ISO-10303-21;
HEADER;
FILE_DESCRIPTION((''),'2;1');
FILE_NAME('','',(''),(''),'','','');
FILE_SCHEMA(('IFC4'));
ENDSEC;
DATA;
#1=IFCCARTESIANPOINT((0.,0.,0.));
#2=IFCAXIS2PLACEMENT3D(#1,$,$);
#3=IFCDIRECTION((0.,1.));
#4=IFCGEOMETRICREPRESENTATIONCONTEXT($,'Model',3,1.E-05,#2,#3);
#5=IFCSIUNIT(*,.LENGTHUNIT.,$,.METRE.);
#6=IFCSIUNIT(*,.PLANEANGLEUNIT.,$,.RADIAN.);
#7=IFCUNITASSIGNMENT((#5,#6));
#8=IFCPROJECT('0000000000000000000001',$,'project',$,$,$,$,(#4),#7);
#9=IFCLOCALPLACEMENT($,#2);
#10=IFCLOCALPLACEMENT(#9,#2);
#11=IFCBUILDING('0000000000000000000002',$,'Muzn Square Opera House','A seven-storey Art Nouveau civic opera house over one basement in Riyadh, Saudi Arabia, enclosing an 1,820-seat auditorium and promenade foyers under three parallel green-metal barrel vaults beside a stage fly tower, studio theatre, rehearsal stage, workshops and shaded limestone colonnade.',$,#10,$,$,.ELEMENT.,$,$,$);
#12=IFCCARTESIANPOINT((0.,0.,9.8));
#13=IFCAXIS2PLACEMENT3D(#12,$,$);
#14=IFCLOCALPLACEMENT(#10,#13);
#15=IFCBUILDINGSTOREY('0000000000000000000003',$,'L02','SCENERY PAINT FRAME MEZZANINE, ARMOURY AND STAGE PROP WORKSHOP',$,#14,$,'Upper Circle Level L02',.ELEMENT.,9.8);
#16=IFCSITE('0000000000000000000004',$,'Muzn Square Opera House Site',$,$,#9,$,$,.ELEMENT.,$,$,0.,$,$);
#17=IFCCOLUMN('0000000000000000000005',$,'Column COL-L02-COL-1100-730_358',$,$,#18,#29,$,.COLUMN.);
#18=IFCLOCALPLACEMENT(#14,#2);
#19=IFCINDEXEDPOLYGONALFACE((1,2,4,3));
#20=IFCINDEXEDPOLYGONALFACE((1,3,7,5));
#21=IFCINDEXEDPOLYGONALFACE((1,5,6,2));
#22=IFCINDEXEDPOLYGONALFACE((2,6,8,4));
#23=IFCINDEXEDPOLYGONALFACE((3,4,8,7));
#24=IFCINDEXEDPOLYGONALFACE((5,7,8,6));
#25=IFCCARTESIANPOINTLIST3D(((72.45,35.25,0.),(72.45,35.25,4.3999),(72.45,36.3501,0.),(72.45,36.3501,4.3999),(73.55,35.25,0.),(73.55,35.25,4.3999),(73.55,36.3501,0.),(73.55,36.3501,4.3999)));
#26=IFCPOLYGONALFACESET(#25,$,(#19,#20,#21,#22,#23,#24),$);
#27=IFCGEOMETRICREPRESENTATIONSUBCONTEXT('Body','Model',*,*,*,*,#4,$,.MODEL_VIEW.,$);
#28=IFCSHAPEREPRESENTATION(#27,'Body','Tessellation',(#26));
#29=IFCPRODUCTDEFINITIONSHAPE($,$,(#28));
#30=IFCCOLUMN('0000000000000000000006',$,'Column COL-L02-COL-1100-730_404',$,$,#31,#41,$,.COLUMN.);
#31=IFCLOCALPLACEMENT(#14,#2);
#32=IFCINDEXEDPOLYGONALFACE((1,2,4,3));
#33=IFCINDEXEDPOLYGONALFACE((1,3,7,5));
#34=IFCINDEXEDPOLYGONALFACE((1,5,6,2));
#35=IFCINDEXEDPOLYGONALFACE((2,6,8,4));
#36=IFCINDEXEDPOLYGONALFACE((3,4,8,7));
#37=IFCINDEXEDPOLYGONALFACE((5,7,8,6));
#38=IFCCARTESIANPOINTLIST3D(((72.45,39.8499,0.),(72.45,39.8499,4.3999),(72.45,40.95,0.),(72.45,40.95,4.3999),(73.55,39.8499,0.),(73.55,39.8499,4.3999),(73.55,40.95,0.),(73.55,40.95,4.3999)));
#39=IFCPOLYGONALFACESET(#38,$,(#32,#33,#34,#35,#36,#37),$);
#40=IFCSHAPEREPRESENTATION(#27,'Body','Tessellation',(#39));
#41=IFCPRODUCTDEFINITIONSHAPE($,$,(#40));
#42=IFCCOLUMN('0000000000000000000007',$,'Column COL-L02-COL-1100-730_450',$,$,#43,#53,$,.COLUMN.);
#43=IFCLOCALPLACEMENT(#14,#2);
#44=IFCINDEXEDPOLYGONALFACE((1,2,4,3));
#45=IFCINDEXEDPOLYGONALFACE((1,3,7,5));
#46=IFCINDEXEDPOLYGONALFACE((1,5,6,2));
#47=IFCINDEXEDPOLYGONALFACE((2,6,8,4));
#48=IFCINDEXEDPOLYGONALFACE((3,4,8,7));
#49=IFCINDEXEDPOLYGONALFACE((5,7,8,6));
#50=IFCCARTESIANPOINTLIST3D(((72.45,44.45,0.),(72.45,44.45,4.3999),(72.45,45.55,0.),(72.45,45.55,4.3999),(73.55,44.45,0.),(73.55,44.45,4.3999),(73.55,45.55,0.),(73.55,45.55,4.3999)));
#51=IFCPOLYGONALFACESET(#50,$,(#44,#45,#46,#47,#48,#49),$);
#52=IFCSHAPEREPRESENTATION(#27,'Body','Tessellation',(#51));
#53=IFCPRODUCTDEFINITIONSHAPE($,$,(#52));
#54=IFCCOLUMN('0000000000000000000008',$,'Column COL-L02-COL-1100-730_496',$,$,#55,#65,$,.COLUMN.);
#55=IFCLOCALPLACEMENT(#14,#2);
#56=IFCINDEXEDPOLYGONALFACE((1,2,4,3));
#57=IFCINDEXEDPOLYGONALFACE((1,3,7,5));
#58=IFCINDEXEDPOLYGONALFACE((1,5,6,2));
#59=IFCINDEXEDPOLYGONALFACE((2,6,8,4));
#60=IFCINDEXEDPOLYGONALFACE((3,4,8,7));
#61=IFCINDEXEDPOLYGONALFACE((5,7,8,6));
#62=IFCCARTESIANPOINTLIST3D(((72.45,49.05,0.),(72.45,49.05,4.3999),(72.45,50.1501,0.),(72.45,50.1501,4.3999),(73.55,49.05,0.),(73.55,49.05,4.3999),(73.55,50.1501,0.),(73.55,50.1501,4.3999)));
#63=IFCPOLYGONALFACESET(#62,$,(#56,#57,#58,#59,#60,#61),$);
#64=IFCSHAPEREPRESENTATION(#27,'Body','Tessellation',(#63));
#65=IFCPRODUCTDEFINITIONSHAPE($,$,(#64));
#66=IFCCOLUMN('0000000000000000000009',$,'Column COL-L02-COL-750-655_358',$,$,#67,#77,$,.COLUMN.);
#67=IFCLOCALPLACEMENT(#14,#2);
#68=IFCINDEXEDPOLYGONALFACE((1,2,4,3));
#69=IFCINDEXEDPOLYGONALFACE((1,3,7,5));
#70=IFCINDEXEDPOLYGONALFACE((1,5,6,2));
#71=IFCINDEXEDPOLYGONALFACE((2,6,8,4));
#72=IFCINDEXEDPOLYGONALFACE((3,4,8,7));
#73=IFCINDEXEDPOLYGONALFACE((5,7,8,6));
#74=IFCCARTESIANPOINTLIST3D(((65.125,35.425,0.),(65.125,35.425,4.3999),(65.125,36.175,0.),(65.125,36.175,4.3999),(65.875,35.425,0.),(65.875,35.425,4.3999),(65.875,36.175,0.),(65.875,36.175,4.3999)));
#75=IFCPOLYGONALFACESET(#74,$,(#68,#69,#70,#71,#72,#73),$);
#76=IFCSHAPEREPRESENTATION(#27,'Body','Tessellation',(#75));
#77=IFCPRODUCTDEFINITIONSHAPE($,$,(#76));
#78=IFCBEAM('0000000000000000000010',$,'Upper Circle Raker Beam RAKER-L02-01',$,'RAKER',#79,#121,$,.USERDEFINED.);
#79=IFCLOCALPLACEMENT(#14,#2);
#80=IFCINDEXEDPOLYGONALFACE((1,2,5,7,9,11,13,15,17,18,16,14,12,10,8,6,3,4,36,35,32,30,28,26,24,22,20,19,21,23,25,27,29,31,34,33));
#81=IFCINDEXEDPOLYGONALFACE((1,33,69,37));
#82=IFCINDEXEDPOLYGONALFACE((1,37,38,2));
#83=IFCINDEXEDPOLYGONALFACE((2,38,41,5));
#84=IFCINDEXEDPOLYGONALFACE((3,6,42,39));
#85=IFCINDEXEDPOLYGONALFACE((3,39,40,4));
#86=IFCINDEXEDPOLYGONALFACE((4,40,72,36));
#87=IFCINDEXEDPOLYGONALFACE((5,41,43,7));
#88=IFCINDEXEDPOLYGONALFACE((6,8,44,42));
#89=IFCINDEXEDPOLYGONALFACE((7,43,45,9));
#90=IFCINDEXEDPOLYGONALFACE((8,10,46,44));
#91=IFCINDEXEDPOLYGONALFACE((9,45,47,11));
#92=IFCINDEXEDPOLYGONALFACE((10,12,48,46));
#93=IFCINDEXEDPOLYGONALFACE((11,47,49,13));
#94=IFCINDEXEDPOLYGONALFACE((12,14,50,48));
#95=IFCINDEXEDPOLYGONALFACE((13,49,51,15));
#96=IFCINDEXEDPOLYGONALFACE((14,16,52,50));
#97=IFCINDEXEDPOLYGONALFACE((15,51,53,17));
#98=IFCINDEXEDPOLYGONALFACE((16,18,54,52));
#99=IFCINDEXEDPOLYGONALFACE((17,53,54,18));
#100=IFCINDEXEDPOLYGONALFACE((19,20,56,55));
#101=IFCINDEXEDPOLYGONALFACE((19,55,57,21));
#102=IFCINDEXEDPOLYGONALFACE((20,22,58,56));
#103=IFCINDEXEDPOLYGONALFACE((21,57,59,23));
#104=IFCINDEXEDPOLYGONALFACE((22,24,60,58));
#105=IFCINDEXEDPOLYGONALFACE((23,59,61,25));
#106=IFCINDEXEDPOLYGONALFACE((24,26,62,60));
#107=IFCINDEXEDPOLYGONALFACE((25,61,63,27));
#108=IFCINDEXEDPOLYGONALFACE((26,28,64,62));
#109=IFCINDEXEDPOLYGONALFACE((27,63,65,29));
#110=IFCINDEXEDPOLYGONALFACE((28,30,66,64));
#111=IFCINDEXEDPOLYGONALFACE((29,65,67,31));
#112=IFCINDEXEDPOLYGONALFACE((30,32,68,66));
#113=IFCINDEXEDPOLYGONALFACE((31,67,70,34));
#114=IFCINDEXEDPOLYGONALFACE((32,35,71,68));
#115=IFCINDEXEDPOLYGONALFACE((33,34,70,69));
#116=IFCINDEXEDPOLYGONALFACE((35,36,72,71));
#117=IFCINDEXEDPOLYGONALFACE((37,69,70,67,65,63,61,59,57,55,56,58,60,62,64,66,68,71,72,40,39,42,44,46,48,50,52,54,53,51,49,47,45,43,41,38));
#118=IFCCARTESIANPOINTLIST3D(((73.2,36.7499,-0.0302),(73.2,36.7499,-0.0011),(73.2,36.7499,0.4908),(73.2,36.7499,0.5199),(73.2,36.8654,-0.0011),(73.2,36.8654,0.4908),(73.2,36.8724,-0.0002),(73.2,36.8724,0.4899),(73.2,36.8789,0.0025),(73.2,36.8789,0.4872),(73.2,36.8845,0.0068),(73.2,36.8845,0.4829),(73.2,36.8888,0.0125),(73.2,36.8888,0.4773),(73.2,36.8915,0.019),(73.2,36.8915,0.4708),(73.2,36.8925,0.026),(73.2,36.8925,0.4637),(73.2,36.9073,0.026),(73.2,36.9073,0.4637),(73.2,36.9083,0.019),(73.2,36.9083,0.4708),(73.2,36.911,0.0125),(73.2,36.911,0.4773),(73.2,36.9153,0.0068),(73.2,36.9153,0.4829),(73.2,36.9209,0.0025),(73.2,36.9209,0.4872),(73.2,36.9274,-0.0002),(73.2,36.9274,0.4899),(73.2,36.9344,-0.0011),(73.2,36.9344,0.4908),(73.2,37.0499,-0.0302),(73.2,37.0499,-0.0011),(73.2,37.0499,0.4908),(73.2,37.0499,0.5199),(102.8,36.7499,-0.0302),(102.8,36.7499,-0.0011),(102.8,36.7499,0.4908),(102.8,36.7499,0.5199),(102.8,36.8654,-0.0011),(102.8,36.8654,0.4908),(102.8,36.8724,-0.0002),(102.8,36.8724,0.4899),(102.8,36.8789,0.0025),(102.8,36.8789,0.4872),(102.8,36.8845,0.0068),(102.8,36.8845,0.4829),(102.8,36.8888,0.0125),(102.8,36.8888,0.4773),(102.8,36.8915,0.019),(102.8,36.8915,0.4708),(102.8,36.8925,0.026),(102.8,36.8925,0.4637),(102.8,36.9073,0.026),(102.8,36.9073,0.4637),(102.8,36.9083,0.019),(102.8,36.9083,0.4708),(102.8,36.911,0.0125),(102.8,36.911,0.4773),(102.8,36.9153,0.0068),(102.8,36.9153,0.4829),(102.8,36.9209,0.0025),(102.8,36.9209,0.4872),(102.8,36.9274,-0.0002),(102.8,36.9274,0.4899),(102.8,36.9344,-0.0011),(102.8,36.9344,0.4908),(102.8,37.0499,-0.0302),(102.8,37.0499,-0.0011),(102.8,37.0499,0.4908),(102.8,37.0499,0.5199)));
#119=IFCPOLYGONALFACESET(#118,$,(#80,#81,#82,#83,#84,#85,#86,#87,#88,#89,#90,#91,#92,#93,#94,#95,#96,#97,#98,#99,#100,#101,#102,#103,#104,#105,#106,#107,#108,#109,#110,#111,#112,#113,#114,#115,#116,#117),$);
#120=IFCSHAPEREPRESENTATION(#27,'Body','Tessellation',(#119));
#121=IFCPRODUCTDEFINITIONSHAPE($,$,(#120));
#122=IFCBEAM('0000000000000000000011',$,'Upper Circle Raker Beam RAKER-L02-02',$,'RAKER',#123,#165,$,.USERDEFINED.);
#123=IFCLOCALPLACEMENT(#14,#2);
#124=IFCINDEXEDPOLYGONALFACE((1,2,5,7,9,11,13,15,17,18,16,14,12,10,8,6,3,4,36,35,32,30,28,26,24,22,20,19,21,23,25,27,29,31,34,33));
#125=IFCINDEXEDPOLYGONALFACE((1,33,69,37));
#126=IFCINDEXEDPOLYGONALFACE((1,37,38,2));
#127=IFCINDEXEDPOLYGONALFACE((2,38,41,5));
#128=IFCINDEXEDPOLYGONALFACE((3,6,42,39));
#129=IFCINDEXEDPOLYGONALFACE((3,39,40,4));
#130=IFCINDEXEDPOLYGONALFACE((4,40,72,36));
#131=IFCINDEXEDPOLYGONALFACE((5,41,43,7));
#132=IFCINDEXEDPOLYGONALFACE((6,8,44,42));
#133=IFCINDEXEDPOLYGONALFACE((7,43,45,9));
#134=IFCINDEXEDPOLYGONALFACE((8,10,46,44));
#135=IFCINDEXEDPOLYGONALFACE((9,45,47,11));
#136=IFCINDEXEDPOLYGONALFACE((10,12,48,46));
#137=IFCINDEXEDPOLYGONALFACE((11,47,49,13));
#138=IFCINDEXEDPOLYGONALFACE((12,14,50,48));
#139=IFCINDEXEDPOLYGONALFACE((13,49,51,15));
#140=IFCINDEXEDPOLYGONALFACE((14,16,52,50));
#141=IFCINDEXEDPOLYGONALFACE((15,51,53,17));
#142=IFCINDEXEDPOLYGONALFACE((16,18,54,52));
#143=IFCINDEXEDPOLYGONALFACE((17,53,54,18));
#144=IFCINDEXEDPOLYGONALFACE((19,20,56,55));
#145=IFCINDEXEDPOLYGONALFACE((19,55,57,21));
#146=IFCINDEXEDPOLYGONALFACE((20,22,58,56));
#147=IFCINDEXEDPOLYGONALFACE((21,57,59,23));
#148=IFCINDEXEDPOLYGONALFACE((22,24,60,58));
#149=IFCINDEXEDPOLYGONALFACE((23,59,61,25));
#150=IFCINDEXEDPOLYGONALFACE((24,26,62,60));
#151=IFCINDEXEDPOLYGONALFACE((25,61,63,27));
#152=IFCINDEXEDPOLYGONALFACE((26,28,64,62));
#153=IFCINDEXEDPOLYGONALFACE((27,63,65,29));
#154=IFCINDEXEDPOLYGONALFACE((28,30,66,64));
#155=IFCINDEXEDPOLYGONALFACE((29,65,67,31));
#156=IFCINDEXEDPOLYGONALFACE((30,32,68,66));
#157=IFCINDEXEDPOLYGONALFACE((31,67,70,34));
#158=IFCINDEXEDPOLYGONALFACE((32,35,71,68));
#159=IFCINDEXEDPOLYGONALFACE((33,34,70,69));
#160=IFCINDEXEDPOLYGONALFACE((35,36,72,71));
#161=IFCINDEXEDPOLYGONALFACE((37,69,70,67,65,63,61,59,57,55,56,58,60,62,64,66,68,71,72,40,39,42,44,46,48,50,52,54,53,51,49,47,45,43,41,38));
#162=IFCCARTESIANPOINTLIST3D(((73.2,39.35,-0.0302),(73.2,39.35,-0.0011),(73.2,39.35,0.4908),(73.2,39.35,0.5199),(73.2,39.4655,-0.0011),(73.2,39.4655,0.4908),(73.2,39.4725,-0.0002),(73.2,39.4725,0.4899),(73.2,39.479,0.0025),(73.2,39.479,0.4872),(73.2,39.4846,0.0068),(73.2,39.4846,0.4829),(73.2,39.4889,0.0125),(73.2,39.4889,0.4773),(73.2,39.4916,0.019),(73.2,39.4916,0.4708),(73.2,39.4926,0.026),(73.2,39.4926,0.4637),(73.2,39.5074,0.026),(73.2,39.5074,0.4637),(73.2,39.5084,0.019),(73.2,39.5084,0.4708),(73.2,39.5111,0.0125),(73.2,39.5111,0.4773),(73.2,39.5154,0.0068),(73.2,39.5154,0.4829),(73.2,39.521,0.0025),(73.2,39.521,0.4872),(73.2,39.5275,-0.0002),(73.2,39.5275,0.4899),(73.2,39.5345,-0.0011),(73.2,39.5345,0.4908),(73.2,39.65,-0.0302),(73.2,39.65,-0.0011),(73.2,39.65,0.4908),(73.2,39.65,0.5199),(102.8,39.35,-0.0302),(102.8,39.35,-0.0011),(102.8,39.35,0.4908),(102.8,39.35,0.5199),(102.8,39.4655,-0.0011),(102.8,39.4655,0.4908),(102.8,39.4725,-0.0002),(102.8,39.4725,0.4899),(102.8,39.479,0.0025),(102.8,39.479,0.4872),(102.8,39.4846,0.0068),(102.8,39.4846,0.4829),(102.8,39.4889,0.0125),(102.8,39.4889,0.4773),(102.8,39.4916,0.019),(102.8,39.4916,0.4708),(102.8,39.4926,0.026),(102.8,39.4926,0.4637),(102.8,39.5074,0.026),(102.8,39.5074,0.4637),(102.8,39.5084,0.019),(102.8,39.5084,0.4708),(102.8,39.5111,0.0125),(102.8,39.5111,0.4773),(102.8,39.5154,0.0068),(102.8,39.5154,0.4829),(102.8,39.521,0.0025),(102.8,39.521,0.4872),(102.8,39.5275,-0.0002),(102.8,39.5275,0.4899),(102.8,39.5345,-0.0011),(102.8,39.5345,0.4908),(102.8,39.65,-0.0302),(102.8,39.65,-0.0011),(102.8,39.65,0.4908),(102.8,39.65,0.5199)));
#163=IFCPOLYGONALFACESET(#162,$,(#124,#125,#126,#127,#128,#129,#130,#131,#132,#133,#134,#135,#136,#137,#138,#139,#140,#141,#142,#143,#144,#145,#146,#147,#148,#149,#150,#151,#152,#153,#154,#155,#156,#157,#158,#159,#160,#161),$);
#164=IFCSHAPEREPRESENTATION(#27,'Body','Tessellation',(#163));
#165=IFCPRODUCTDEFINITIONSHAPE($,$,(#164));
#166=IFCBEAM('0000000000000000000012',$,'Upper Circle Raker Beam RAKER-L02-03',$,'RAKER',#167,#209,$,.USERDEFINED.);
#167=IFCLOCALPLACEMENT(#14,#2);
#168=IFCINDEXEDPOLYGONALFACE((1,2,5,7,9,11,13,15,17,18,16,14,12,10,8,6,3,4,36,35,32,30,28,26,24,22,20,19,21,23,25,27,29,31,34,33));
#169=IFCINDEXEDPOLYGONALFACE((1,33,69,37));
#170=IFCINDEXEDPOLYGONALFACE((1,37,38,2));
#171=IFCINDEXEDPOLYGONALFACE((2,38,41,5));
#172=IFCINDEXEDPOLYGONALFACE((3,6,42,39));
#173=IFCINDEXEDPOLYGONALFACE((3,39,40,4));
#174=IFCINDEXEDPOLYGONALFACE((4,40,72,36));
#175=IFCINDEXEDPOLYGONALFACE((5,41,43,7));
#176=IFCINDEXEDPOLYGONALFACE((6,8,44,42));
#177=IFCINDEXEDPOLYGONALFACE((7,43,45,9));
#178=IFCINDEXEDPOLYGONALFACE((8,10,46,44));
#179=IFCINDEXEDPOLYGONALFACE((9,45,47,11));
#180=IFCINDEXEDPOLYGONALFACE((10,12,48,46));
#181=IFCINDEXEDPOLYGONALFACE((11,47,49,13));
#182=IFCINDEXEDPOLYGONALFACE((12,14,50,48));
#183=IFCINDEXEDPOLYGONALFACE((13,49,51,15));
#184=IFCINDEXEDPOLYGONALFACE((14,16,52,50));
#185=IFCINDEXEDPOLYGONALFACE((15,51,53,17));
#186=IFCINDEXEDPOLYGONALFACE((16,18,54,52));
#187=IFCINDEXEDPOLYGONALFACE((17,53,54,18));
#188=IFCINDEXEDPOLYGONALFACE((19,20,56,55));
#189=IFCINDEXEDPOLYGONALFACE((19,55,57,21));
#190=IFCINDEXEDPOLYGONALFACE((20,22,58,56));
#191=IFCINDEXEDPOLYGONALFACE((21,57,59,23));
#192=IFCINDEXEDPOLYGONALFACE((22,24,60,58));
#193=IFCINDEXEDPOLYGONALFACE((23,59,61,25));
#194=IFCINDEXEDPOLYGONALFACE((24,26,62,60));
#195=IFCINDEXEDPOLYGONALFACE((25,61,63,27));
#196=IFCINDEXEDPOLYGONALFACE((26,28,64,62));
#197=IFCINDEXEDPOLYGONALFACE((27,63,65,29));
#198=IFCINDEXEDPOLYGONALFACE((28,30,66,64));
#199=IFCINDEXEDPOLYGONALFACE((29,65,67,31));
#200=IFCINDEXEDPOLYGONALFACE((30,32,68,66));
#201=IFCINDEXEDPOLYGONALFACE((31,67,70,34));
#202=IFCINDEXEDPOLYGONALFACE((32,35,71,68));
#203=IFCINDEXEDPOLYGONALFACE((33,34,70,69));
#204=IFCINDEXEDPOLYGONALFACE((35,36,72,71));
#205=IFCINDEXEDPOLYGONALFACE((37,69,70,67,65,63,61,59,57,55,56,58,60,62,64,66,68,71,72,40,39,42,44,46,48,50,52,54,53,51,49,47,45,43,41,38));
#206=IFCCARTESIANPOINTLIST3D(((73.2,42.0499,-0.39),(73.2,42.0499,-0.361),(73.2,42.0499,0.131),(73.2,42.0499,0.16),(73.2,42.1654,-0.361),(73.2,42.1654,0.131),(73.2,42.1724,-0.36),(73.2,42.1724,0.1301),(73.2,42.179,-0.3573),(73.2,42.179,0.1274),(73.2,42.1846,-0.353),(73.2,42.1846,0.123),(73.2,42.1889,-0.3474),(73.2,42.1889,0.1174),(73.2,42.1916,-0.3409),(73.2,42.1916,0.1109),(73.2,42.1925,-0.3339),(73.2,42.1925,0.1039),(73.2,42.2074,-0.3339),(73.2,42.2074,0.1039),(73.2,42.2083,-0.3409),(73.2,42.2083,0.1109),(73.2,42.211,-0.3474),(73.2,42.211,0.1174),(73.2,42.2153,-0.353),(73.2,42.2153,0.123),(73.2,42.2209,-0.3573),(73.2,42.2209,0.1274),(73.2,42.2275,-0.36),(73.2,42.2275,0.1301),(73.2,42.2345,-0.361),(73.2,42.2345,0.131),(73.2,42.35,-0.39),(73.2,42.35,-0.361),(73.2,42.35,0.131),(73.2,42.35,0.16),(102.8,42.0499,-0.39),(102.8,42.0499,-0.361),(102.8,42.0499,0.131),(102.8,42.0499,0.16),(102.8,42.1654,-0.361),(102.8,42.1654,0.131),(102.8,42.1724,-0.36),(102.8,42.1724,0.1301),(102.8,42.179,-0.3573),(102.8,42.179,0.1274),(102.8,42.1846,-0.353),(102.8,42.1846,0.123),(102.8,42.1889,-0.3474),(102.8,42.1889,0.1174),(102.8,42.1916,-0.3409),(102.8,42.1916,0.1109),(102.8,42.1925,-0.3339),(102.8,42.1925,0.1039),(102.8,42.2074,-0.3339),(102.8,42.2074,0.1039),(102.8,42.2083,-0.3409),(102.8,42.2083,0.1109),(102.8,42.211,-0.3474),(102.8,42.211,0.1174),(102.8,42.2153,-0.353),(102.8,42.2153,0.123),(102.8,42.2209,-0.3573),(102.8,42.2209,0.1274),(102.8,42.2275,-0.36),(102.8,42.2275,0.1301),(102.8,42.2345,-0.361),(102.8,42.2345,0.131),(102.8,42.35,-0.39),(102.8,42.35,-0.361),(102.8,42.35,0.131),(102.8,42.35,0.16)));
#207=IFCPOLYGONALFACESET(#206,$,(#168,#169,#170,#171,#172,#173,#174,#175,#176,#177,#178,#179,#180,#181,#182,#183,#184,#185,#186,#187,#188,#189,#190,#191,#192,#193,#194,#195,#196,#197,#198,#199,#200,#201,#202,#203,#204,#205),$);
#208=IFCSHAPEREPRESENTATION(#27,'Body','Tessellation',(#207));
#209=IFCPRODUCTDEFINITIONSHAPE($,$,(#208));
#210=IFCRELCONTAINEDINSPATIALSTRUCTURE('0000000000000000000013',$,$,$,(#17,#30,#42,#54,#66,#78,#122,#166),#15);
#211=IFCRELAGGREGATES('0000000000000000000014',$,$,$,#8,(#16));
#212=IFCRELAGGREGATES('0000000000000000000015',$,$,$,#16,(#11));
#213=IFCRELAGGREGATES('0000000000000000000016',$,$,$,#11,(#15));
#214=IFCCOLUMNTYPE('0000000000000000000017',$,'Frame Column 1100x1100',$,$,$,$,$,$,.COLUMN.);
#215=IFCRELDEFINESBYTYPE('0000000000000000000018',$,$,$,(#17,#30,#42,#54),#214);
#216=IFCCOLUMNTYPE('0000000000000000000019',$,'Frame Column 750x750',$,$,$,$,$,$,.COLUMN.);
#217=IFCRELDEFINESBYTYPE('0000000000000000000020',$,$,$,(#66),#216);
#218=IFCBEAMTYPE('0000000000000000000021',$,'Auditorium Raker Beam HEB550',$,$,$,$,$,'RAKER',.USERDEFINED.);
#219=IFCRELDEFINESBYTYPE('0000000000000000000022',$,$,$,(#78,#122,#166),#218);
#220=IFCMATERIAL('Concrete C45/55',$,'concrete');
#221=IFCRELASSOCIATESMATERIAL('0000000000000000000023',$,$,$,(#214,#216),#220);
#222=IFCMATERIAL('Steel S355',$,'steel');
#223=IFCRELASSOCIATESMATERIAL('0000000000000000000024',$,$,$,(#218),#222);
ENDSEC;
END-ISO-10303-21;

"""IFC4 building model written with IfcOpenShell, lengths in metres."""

from ifc_helpers import new_model, si_unit, direction, frame, origin, origin_2d, place, context, subcontext, project, spatial, rectangle, i_section, extrude, material, material_profile, profile_set, type_object, element, save


model = new_model("IFC4")

# Units and contexts
model_context = context("Model", 3, precision=1e-05, world=origin(), true_north=direction((0.0, 1.0)))
body_context = subcontext(model_context, "Body", "Model", "MODEL_VIEW")
ifc_project = project(units=[si_unit("LENGTHUNIT", "METRE"), si_unit("PLANEANGLEUNIT", "RADIAN")], contexts=[model_context])

# Site, building, storey
site_placement = place(None, origin())
site = spatial("IfcSite", under=ifc_project, at=site_placement, Name="Muzn Square Opera House Site", CompositionType="ELEMENT", RefElevation=0.0)
building_placement = place(site_placement, origin())
building = spatial("IfcBuilding", under=site, at=building_placement, Name="Muzn Square Opera House", Description="A seven-storey Art Nouveau civic opera house over one basement in Riyadh, Saudi Arabia, enclosing an 1,820-seat auditorium and promenade foyers under three parallel green-metal barrel vaults beside a stage fly tower, studio theatre, rehearsal stage, workshops and shaded limestone colonnade.", CompositionType="ELEMENT")
storey_placement = place(building_placement, frame((0.0, 0.0, 9.8)))
storey = spatial("IfcBuildingStorey", under=building, at=storey_placement, Name="L02", Description="SCENERY PAINT FRAME MEZZANINE, ARMOURY AND STAGE PROP WORKSHOP", LongName="Upper Circle Level L02", CompositionType="ELEMENT", Elevation=9.8)

# Columns
ifc_material_1 = material(Name="Concrete C45/55", Category="concrete")
ifc_material_profile_1 = material_profile(ifc_material_1, rectangle(XDim=1.1001, YDim=1.1001, at=origin_2d()), Name="RC 1100x1100", Category="concrete")
ifc_profile_set_1 = profile_set([ifc_material_profile_1], Name="Concrete C45/55")
column_type_1 = type_object("IfcColumnType", Name="Frame Column 1100x1100", PredefinedType="COLUMN", material=ifc_profile_set_1)
for number, where, z_axis, x_axis, name in (
    (1, (73.0, 35.8, 0.0), (0.0, 0.0, 1.0), (1.0, 0.0, 0.0), "Column COL-L02-COL-1100-730_358"),
    (2, (73.0, 40.3999, 0.0), (0.0, 0.0, 1.0), (1.0, 0.0, 0.0), "Column COL-L02-COL-1100-730_404"),
    (3, (73.0, 45.0, 0.0), (0.0, 0.0, 1.0), (1.0, 0.0, 0.0), "Column COL-L02-COL-1100-730_450"),
    (4, (73.0, 49.6001, 0.0), (0.0, 0.0, 1.0), (1.0, 0.0, 0.0), "Column COL-L02-COL-1100-730_496"),
):
    element("IfcColumn", number, at=place(storey_placement, frame(where, z_axis=z_axis, x_axis=x_axis)), inside=storey, type_object=column_type_1, Name=name, PredefinedType="COLUMN", context=body_context, shape_type="SweptSolid", body=[
        extrude(rectangle(XDim=1.1001, YDim=1.1001, at=origin_2d()), origin(), (0.0, 0.0, 1.0), 4.3999),
    ])
ifc_material_profile_2 = material_profile(ifc_material_1, rectangle(XDim=0.75, YDim=0.75, at=origin_2d()), Name="RC 750x750", Category="concrete")
ifc_profile_set_2 = profile_set([ifc_material_profile_2], Name="Concrete C45/55")
column_type_2 = type_object("IfcColumnType", Name="Frame Column 750x750", PredefinedType="COLUMN", material=ifc_profile_set_2)
column_placement = place(storey_placement, frame((65.5, 35.8, 0.0), z_axis=(0.0, 0.0, 1.0), x_axis=(1.0, 0.0, 0.0)))
element("IfcColumn", 5, at=column_placement, inside=storey, type_object=column_type_2, Name="Column COL-L02-COL-750-655_358", PredefinedType="COLUMN", context=body_context, shape_type="SweptSolid", body=[
    extrude(rectangle(XDim=0.75, YDim=0.75, at=origin_2d()), origin(), (0.0, 0.0, 1.0), 4.3999),
])

# Beams
ifc_material_2 = material(Name="Steel S355", Category="steel")
ifc_material_profile_3 = material_profile(ifc_material_2, i_section(OverallWidth=0.3, OverallDepth=0.55, WebThickness=0.0149, FlangeThickness=0.0291, FilletRadius=0.0271, at=origin_2d()), Name="HEB 550", Category="steel")
ifc_profile_set_3 = profile_set([ifc_material_profile_3], Name="Steel S355")
beam_type_1 = type_object("IfcBeamType", Name="Auditorium Raker Beam HEB550", ElementType="RAKER", PredefinedType="USERDEFINED", material=ifc_profile_set_3)
for number, where, z_axis, x_axis, name in (
    (6, (73.2, 36.8999, 0.2449), (1.0, 0.0, 0.0), (0.0, 1.0, 0.0), "Upper Circle Raker Beam RAKER-L02-01"),
    (7, (73.2, 39.5, 0.2449), (1.0, 0.0, 0.0), (0.0, 1.0, 0.0), "Upper Circle Raker Beam RAKER-L02-02"),
    (8, (73.2, 42.2, -0.115), (1.0, 0.0, 0.0), (0.0, 1.0, 0.0), "Upper Circle Raker Beam RAKER-L02-03"),
):
    element("IfcBeam", number, at=place(storey_placement, frame(where, z_axis=z_axis, x_axis=x_axis)), inside=storey, type_object=beam_type_1, Name=name, ObjectType="RAKER", PredefinedType="USERDEFINED", context=body_context, shape_type="SweptSolid", body=[
        extrude(i_section(OverallWidth=0.3, OverallDepth=0.55, WebThickness=0.0149, FlangeThickness=0.0291, FilletRadius=0.0271, at=origin_2d()), origin(), (0.0, 0.0, 1.0), 29.6001),
    ])

save(model, "model.ifc")
